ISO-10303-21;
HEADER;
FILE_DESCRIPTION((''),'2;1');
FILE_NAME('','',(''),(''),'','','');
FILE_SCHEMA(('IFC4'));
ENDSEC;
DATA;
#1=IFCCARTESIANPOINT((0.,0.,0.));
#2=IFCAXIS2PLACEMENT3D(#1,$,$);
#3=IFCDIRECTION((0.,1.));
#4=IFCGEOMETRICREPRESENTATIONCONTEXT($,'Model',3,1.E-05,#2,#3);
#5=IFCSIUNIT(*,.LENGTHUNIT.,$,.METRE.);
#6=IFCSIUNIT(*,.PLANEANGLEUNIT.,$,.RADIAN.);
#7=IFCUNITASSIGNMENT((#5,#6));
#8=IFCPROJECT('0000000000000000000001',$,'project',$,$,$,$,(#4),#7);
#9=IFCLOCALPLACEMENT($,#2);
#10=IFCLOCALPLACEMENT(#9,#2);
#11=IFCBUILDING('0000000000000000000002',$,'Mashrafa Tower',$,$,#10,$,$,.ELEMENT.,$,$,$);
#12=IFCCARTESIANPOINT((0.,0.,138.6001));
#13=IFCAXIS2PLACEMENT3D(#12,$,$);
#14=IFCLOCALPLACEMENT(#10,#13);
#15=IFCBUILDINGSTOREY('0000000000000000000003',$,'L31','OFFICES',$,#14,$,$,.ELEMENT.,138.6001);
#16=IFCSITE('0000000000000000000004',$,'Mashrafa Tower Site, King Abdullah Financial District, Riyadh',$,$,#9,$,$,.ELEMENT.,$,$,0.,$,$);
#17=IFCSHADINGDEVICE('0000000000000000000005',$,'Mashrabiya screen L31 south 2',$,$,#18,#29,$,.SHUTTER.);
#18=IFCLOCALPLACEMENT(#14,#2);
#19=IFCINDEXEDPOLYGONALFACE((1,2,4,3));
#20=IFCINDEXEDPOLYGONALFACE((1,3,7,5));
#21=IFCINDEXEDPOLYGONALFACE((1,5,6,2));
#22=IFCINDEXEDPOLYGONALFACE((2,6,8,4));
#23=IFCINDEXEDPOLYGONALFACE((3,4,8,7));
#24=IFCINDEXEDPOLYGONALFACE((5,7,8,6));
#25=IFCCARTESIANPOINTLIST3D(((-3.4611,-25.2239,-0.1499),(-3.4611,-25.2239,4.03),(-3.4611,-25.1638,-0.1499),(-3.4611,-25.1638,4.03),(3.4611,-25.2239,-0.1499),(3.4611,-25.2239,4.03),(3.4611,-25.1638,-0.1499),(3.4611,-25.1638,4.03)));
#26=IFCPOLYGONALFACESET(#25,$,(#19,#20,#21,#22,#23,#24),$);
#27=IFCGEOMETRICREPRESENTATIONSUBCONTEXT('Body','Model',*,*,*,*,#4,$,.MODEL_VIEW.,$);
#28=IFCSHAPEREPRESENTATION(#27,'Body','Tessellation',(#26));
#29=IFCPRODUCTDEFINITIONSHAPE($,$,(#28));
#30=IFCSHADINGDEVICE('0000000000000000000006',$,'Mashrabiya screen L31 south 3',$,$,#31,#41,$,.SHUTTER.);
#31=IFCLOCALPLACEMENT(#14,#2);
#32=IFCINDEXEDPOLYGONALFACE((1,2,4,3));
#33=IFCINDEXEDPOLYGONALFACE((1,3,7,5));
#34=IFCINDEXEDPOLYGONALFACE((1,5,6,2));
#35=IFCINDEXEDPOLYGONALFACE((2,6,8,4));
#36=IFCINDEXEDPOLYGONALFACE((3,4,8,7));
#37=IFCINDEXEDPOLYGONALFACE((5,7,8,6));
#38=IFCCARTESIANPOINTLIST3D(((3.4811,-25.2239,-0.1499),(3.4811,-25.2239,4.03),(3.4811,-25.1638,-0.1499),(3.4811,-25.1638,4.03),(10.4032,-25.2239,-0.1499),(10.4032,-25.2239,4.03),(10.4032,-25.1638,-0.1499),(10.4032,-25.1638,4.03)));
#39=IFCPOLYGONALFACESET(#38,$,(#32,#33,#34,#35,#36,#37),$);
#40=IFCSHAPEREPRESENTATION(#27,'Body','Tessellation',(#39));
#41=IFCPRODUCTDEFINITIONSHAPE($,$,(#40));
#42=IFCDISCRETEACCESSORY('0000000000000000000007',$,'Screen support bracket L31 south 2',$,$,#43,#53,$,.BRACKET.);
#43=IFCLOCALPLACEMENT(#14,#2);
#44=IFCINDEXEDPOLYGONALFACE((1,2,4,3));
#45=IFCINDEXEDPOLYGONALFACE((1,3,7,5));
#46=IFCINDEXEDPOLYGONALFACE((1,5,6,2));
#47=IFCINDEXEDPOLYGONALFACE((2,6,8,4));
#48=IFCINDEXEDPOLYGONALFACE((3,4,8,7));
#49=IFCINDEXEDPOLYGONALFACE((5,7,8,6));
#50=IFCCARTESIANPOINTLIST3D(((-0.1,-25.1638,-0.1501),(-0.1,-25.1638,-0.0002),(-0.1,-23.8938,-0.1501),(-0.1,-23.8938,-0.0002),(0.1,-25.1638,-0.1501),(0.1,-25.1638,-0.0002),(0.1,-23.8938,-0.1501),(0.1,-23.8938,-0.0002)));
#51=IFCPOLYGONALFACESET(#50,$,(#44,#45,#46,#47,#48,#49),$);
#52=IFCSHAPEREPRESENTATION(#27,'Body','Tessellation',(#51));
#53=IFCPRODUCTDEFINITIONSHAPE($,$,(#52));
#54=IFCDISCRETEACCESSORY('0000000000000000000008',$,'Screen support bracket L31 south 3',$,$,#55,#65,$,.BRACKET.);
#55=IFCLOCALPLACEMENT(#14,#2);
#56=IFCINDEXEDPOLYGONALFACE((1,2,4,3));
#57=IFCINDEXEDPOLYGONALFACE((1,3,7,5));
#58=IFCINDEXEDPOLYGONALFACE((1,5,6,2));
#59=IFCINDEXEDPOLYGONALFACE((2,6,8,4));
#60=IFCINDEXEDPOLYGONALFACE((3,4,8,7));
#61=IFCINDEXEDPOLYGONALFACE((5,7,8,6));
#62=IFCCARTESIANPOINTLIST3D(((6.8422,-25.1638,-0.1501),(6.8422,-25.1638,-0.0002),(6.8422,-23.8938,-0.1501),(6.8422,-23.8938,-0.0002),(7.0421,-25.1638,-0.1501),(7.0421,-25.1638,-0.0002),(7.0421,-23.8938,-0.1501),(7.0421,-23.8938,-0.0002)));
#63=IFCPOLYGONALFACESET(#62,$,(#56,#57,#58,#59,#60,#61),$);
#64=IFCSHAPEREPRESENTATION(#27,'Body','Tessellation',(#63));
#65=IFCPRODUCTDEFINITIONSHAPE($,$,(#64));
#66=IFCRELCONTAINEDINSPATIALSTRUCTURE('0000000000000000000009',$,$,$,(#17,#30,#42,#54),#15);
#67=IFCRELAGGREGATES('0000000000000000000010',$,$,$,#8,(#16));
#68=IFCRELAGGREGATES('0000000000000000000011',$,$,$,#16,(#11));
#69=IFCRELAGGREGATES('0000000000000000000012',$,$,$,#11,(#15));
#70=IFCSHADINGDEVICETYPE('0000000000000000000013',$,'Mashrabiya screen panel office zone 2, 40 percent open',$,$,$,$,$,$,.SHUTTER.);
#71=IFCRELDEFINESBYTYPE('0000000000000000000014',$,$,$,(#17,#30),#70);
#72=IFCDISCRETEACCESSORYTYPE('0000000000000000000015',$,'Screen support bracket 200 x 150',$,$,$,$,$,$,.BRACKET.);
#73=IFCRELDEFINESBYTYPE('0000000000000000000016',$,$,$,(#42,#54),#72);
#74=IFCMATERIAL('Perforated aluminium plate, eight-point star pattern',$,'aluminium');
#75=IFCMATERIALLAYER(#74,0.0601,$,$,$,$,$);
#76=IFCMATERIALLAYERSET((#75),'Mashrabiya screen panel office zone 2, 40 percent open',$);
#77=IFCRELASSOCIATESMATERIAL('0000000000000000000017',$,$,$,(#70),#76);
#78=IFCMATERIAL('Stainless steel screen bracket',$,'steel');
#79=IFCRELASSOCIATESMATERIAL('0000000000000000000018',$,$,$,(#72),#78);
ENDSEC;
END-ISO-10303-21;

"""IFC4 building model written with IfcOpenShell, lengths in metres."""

from ifc_helpers import new_model, si_unit, direction, frame, origin, origin_2d, place, context, subcontext, project, spatial, rectangle, extrude, source, transform, mapped, material, layer, layer_set, type_object, type_shapes, element, save


model = new_model("IFC4")

# Units and contexts
model_context = context("Model", 3, precision=1e-05, world=origin(), true_north=direction((0.0, 1.0)))
body_context = subcontext(model_context, "Body", "Model", "MODEL_VIEW")
ifc_project = project(units=[si_unit("LENGTHUNIT", "METRE"), si_unit("PLANEANGLEUNIT", "RADIAN")], contexts=[model_context])

# Site, building, storey
site_placement = place(None, origin())
site = spatial("IfcSite", under=ifc_project, at=site_placement, Name="Mashrafa Tower Site, King Abdullah Financial District, Riyadh", CompositionType="ELEMENT", RefElevation=0.0)
building_placement = place(site_placement, origin())
building = spatial("IfcBuilding", under=site, at=building_placement, Name="Mashrafa Tower", CompositionType="ELEMENT")
storey_placement = place(building_placement, frame((0.0, 0.0, 138.6001)))
storey = spatial("IfcBuildingStorey", under=building, at=storey_placement, Name="L31", Description="OFFICES", CompositionType="ELEMENT", Elevation=138.6001)

# Shading devices
ifc_material_1 = material(Name="Perforated aluminium plate, eight-point star pattern", Category="aluminium")
ifc_layer_1 = layer(ifc_material_1, 0.0601)
ifc_layer_set_1 = layer_set([ifc_layer_1], Name="Mashrabiya screen panel office zone 2, 40 percent open")
shading_device_type = type_object("IfcShadingDeviceType", Name="Mashrabiya screen panel office zone 2, 40 percent open", PredefinedType="SHUTTER", material=ifc_layer_set_1)
shared_shape_1 = source(origin(), body_context, "Body", "SweptSolid", [
    extrude(rectangle(XDim=6.9221, YDim=0.0601, at=origin_2d()), origin(), (0.0, 0.0, 1.0), 4.1799),
])
type_shapes(shading_device_type, [shared_shape_1])
for number, where, z_axis, x_axis, name in (
    (1, (0.0, -25.1938, -0.1499), (0.0, 0.0, 1.0), (1.0, 0.0, 0.0), "Mashrabiya screen L31 south 2"),
    (2, (6.9421, -25.1938, -0.1499), (0.0, 0.0, 1.0), (1.0, 0.0, 0.0), "Mashrabiya screen L31 south 3"),
):
    element("IfcShadingDevice", number, at=place(storey_placement, frame(where, z_axis=z_axis, x_axis=x_axis)), inside=storey, type_object=shading_device_type, Name=name, PredefinedType="SHUTTER", context=body_context, shape_type="MappedRepresentation", body=[
        mapped(shared_shape_1, transform((0.0, 0.0, 0.0))),
    ])

# Discrete accessories
ifc_material_2 = material(Name="Stainless steel screen bracket", Category="steel")
discrete_accessory_type = type_object("IfcDiscreteAccessoryType", Name="Screen support bracket 200 x 150", PredefinedType="BRACKET", material=ifc_material_2)
shared_shape_2 = source(origin(), body_context, "Body", "SweptSolid", [
    extrude(rectangle(XDim=0.2, YDim=1.27, at=origin_2d()), origin(), (0.0, 0.0, 1.0), 0.1499),
])
type_shapes(discrete_accessory_type, [shared_shape_2])
for number, where, z_axis, x_axis, name in (
    (3, (0.0, -24.5288, -0.1501), (0.0, 0.0, 1.0), (1.0, 0.0, 0.0), "Screen support bracket L31 south 2"),
    (4, (6.9421, -24.5288, -0.1501), (0.0, 0.0, 1.0), (1.0, 0.0, 0.0), "Screen support bracket L31 south 3"),
):
    element("IfcDiscreteAccessory", number, at=place(storey_placement, frame(where, z_axis=z_axis, x_axis=x_axis)), inside=storey, type_object=discrete_accessory_type, Name=name, PredefinedType="BRACKET", context=body_context, shape_type="MappedRepresentation", body=[
        mapped(shared_shape_2, transform((0.0, 0.0, 0.0))),
    ])

save(model, "model.ifc")
